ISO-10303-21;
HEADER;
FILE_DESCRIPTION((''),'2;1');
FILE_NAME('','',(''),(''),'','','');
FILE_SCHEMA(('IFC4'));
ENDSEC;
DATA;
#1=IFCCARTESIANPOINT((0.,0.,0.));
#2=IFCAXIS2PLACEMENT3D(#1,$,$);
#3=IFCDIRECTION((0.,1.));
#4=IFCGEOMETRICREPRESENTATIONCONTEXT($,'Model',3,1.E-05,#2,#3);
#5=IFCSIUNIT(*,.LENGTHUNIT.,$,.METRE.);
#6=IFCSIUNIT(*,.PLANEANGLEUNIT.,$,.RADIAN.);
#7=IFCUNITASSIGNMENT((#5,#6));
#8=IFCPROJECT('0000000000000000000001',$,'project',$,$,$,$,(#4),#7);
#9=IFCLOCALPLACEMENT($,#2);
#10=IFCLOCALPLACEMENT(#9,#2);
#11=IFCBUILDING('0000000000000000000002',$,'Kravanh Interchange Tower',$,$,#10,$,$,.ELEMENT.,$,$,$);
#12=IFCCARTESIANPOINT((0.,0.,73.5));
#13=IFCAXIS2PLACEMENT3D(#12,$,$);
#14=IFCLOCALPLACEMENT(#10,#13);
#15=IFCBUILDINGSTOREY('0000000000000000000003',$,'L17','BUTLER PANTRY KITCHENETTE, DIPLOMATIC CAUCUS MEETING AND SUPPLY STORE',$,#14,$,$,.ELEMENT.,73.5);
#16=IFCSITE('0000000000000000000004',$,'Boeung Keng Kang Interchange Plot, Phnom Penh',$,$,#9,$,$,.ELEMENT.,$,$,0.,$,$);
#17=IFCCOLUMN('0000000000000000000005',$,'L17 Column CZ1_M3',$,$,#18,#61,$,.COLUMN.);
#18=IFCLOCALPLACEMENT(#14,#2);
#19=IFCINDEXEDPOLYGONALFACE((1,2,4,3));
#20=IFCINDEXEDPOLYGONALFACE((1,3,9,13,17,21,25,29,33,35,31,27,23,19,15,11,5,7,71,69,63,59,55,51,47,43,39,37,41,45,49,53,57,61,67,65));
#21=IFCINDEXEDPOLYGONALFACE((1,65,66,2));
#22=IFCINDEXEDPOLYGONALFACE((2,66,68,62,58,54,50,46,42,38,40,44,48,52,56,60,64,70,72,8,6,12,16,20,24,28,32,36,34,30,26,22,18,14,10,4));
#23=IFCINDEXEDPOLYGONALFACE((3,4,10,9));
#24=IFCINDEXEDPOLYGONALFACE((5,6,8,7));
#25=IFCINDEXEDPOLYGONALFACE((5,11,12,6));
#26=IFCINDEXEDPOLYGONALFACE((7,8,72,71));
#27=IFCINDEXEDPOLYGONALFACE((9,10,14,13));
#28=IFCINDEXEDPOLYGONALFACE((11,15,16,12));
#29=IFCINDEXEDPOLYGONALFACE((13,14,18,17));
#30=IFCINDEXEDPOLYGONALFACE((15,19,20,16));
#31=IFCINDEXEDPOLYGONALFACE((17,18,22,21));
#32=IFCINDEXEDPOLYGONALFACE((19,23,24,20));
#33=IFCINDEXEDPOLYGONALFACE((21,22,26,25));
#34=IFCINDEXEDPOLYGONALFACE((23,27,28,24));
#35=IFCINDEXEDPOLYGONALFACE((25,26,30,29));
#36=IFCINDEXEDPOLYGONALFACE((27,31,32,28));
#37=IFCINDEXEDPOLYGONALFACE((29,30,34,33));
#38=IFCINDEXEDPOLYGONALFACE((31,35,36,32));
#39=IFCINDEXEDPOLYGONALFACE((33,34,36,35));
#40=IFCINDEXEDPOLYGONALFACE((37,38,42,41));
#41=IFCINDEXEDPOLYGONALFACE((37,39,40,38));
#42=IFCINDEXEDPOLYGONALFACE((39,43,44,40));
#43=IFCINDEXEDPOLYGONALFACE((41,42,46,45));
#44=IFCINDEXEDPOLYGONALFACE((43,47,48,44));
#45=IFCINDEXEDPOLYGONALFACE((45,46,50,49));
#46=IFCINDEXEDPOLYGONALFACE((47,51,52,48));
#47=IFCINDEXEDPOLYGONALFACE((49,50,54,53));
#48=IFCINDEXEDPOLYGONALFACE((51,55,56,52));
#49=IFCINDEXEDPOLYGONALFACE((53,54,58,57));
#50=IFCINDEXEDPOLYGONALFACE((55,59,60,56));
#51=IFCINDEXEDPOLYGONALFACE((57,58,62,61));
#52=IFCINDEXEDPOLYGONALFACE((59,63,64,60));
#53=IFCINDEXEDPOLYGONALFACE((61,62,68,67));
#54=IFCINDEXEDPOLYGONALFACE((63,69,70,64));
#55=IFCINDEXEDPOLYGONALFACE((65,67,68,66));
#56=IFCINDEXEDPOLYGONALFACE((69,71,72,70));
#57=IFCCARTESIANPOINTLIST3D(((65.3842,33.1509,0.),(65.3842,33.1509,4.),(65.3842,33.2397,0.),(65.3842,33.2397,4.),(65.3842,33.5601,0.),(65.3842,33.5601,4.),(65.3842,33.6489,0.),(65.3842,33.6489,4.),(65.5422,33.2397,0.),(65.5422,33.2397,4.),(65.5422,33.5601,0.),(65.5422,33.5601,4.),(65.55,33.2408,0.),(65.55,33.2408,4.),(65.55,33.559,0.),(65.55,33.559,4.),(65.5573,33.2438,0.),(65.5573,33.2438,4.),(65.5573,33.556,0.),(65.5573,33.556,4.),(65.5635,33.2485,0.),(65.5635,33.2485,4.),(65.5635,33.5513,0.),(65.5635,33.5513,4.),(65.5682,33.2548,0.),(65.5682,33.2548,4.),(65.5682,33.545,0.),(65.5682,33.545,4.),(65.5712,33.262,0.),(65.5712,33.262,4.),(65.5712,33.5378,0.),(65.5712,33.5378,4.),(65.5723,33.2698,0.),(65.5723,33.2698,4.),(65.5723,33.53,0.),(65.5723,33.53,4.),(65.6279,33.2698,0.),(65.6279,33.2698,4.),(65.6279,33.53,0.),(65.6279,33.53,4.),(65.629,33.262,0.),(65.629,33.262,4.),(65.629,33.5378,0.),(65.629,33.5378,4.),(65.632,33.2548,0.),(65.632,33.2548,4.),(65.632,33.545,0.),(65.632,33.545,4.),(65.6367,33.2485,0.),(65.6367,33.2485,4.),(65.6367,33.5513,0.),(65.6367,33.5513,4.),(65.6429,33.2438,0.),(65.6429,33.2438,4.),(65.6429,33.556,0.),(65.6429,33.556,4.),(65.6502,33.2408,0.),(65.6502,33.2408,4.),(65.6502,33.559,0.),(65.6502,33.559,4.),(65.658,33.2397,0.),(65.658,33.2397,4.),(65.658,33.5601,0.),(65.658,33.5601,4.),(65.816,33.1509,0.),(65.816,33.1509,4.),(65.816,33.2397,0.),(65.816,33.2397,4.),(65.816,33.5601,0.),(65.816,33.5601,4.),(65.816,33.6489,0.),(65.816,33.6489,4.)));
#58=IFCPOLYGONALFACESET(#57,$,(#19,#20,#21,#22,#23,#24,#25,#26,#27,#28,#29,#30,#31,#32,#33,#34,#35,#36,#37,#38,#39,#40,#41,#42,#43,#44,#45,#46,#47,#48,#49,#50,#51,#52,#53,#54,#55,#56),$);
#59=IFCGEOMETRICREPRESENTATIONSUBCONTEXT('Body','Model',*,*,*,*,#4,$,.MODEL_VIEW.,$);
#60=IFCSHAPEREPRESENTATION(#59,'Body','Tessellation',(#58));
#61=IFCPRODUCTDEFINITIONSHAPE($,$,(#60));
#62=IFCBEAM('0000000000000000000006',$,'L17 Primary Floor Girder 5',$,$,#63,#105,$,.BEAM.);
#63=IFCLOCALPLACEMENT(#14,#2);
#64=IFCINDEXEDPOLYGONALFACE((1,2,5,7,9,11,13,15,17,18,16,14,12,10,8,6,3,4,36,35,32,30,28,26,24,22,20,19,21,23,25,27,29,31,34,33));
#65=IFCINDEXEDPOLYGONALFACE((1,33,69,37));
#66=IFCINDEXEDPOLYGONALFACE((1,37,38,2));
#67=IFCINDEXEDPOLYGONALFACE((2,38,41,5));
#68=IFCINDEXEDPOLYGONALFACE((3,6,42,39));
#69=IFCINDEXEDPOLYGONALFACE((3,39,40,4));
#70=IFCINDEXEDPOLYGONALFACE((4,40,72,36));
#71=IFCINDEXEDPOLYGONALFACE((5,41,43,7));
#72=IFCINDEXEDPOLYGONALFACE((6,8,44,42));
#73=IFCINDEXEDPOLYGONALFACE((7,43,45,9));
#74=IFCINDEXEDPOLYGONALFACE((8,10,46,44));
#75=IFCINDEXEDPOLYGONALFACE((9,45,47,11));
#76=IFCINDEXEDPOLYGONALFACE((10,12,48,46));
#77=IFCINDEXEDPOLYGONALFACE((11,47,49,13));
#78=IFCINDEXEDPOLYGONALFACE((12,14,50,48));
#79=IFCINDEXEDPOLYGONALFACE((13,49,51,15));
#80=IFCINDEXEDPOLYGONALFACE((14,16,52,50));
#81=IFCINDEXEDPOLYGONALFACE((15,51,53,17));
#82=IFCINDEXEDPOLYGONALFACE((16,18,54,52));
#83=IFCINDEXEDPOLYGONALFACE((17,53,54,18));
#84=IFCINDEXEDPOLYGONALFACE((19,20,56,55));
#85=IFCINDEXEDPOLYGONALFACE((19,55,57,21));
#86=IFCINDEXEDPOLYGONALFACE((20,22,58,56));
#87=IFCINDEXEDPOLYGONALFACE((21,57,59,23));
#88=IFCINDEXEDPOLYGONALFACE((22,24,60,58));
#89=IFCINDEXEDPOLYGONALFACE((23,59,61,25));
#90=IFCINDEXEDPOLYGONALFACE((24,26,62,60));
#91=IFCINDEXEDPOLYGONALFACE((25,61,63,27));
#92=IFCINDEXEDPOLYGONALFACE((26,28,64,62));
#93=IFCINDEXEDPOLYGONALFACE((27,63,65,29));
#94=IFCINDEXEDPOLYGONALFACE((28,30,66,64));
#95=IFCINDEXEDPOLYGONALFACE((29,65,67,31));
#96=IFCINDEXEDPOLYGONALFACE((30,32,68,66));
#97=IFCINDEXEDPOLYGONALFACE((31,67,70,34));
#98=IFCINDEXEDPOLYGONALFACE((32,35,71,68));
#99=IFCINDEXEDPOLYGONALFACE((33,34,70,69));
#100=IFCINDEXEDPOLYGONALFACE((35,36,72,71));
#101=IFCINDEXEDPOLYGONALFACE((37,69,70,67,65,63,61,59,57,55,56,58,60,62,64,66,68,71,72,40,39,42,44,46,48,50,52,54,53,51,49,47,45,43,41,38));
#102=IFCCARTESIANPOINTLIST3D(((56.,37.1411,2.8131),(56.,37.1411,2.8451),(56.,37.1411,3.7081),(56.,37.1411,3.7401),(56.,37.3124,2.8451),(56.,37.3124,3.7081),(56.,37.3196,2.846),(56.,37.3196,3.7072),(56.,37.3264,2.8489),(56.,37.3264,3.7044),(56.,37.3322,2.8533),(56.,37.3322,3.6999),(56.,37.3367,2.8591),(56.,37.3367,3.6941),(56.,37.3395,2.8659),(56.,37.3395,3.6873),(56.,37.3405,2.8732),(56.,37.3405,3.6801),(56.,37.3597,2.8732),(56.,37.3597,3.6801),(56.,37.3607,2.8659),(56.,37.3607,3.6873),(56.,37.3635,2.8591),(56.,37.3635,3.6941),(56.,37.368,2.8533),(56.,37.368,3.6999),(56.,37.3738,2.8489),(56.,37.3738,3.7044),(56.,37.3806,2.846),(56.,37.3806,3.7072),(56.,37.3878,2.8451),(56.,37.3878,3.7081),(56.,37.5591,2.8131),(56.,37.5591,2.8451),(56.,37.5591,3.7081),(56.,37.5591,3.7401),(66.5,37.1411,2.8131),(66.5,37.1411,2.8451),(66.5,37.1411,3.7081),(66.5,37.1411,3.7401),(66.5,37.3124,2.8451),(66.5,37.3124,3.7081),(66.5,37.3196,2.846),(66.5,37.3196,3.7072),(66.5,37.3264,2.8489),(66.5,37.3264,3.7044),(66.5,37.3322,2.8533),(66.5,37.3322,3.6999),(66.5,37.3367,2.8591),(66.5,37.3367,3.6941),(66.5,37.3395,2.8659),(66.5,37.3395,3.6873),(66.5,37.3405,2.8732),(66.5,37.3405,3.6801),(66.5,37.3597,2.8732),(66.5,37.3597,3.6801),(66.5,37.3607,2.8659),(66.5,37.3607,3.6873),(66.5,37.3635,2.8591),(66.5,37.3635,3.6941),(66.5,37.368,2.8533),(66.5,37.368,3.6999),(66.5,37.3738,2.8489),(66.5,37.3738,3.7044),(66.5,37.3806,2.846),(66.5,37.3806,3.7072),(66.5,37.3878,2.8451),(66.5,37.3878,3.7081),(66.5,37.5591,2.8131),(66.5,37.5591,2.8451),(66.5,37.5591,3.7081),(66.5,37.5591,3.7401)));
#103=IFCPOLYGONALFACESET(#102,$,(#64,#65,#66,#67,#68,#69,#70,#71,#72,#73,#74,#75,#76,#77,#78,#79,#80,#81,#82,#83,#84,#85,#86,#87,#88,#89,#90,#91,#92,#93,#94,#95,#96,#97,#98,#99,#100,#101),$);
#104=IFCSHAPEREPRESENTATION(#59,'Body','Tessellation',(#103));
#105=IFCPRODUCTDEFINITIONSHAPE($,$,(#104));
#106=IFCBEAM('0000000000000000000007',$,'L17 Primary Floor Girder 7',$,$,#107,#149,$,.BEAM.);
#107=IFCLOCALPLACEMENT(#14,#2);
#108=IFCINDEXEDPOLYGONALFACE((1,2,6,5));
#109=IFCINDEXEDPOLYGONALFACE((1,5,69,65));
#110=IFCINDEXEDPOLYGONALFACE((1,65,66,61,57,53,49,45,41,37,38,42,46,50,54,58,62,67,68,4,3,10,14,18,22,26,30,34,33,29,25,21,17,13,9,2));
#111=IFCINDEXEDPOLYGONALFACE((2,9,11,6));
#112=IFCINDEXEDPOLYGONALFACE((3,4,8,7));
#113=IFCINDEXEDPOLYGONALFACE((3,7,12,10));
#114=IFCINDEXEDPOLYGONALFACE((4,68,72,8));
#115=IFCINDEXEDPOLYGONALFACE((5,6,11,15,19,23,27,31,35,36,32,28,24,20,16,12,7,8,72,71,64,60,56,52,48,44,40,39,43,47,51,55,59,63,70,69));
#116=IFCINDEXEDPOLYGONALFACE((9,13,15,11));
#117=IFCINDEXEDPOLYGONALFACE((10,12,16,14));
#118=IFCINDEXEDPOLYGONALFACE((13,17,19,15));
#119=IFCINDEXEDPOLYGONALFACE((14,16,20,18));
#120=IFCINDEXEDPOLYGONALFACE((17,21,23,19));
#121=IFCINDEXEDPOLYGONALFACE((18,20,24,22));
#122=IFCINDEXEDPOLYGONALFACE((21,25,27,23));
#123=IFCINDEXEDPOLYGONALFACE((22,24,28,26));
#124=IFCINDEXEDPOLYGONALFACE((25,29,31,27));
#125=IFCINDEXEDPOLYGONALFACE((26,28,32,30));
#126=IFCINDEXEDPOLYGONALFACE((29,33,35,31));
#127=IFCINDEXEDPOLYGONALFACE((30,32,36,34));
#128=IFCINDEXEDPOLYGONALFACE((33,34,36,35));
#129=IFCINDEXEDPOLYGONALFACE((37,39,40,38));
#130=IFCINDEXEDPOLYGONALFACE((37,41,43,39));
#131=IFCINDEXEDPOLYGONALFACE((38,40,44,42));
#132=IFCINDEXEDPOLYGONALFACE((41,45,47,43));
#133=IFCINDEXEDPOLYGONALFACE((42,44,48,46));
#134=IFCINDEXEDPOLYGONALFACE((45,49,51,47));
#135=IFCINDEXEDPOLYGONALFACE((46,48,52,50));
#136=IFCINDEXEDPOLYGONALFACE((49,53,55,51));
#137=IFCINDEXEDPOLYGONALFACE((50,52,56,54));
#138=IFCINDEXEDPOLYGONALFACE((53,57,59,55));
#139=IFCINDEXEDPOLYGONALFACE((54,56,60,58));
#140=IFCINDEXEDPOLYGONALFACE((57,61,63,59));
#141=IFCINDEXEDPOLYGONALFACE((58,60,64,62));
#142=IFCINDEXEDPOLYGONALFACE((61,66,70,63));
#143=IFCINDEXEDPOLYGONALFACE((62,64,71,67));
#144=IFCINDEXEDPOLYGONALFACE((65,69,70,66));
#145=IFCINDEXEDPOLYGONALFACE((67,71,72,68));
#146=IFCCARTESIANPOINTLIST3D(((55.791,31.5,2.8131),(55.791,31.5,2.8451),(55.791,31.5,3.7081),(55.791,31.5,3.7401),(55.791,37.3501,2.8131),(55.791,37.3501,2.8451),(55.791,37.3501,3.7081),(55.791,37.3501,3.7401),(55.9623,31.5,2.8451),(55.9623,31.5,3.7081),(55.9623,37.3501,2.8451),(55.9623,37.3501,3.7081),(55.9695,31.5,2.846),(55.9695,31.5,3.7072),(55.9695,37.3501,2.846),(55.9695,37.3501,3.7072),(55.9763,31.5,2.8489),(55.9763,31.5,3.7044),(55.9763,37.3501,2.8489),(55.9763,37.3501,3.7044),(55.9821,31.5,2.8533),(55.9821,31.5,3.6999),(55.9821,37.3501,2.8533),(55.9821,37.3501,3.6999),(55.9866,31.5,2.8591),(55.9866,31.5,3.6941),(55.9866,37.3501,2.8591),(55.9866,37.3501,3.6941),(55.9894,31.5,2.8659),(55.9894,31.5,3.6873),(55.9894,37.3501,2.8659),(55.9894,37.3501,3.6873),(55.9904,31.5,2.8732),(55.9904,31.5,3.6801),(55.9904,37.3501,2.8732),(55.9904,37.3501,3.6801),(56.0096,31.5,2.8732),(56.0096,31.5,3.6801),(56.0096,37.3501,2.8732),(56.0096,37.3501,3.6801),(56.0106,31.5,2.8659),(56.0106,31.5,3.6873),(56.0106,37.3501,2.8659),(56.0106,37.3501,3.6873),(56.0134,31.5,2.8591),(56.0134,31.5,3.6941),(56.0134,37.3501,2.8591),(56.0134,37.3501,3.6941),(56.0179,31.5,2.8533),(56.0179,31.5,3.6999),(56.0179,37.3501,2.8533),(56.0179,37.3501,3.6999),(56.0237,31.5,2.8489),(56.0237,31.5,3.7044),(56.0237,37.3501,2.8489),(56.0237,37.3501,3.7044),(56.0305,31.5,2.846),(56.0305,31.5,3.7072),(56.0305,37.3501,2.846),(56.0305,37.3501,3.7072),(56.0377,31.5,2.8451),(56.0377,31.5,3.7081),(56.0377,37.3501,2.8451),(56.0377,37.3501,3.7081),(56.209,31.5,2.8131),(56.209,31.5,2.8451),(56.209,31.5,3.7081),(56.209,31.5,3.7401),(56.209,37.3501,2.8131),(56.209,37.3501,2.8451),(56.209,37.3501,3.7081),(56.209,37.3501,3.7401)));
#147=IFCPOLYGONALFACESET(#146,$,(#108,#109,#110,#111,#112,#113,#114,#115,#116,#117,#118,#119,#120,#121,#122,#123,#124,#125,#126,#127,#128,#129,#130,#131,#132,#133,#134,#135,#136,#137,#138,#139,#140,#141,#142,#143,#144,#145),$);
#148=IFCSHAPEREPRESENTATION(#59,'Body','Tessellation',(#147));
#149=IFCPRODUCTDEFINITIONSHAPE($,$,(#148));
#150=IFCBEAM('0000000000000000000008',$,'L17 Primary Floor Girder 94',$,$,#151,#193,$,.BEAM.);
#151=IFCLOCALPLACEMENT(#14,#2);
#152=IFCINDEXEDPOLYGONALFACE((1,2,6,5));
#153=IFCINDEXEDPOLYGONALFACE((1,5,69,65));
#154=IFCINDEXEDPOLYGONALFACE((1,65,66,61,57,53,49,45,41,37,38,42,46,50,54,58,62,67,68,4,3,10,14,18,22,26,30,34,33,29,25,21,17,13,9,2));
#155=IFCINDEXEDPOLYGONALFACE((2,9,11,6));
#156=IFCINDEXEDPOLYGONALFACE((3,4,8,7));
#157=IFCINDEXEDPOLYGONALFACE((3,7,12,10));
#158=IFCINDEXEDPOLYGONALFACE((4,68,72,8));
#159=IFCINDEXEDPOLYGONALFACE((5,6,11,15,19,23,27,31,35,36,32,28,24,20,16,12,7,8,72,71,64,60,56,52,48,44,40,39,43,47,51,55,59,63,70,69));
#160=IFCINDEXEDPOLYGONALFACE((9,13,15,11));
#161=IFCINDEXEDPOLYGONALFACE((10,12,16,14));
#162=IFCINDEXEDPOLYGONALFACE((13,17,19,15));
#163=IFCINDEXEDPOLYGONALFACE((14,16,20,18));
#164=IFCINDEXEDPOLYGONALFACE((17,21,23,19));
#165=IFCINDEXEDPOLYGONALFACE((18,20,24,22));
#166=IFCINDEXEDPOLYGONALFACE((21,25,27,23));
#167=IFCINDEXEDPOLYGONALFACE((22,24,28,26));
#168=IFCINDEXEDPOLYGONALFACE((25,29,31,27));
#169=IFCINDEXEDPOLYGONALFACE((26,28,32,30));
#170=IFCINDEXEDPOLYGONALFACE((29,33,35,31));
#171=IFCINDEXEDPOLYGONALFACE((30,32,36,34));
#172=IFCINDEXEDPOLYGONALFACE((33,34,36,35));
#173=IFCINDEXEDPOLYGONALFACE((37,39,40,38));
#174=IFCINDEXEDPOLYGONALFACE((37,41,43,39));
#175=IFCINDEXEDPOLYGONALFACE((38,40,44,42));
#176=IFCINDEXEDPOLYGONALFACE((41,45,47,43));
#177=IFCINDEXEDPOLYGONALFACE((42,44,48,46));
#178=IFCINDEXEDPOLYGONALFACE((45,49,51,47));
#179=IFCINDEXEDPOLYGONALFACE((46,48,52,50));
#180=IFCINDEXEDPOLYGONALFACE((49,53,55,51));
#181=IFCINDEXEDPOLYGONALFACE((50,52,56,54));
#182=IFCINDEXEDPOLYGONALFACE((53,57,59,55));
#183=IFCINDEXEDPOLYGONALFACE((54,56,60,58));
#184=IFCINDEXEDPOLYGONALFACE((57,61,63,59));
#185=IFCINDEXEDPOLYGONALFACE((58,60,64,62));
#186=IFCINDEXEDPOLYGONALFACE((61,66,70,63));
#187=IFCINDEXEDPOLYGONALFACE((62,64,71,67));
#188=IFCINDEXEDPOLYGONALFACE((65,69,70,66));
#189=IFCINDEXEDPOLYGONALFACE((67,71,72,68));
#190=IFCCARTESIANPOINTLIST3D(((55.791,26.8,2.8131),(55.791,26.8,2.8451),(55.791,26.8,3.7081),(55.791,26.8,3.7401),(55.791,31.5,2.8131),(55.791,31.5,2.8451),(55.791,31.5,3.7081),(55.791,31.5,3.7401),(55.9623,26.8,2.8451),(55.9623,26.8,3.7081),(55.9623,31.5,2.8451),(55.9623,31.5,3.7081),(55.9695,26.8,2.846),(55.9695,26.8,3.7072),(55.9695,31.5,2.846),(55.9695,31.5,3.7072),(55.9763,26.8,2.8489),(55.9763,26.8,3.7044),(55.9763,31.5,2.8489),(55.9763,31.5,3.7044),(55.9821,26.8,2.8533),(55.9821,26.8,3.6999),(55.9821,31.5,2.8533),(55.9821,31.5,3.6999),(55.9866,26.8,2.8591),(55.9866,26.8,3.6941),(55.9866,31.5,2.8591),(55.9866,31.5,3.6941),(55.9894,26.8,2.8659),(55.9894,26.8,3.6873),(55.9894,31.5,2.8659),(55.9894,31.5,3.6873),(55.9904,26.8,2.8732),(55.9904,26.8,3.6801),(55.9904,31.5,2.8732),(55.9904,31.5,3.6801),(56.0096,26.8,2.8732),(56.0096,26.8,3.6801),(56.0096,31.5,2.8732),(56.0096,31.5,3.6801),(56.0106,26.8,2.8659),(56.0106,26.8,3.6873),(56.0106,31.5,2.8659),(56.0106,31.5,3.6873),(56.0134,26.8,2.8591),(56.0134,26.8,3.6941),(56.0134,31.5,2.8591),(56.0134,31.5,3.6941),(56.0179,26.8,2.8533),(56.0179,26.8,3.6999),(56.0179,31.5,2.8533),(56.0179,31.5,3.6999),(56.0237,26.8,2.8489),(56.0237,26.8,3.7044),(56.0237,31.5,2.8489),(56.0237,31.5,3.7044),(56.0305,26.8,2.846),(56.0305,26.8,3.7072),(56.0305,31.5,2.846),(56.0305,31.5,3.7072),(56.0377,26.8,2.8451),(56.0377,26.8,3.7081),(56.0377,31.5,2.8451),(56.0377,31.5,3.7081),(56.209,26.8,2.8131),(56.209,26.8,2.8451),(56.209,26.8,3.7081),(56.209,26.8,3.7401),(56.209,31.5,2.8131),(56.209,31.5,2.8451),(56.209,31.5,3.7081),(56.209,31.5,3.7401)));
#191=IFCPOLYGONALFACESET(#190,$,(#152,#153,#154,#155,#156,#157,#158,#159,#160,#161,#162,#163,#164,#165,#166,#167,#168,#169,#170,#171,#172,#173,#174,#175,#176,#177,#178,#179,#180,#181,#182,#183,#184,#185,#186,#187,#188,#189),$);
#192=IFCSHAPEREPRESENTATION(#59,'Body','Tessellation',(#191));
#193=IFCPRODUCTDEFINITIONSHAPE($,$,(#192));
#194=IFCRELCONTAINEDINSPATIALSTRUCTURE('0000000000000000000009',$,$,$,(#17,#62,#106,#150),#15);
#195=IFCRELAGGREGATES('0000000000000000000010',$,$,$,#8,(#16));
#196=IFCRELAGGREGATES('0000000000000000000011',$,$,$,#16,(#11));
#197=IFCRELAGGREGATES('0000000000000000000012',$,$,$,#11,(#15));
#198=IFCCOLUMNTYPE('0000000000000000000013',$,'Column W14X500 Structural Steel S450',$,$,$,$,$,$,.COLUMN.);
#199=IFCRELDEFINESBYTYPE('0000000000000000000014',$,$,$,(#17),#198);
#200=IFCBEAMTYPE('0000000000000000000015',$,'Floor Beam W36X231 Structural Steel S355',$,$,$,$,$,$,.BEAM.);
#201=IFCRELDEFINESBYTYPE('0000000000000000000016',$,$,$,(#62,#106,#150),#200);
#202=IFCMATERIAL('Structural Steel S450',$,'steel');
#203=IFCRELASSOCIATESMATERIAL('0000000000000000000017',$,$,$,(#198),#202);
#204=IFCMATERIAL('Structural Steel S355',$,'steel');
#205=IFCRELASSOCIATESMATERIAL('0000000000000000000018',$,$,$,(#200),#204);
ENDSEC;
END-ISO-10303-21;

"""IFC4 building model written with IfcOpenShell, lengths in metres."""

from ifc_helpers import new_model, si_unit, direction, frame, origin, origin_2d, place, context, subcontext, project, spatial, i_section, extrude, material, material_profile, profile_set, type_object, element, save


model = new_model("IFC4")

# Units and contexts
model_context = context("Model", 3, precision=1e-05, world=origin(), true_north=direction((0.0, 1.0)))
body_context = subcontext(model_context, "Body", "Model", "MODEL_VIEW")
ifc_project = project(units=[si_unit("LENGTHUNIT", "METRE"), si_unit("PLANEANGLEUNIT", "RADIAN")], contexts=[model_context])

# Site, building, storey
site_placement = place(None, origin())
site = spatial("IfcSite", under=ifc_project, at=site_placement, Name="Boeung Keng Kang Interchange Plot, Phnom Penh", CompositionType="ELEMENT", RefElevation=0.0)
building_placement = place(site_placement, origin())
building = spatial("IfcBuilding", under=site, at=building_placement, Name="Kravanh Interchange Tower", CompositionType="ELEMENT")
storey_placement = place(building_placement, frame((0.0, 0.0, 73.5)))
storey = spatial("IfcBuildingStorey", under=building, at=storey_placement, Name="L17", Description="BUTLER PANTRY KITCHENETTE, DIPLOMATIC CAUCUS MEETING AND SUPPLY STORE", CompositionType="ELEMENT", Elevation=73.5)

# Column
ifc_material_1 = material(Name="Structural Steel S450", Category="steel")
ifc_material_profile_1 = material_profile(ifc_material_1, i_section(OverallWidth=0.4319, OverallDepth=0.498, WebThickness=0.0557, FlangeThickness=0.0889, FilletRadius=0.03, at=origin_2d()), Name="W14X500")
ifc_profile_set_1 = profile_set([ifc_material_profile_1], Name="Structural Steel S450")
column_type_1 = type_object("IfcColumnType", Name="Column W14X500 Structural Steel S450", PredefinedType="COLUMN", material=ifc_profile_set_1)
for number, where, z_axis, x_axis, name in (
    (1, (65.6001, 33.3999, 0.0), (0.0, 0.0, 1.0), (1.0, 0.0, 0.0), "L17 Column CZ1_M3"),
):
    element("IfcColumn", number, at=place(storey_placement, frame(where, z_axis=z_axis, x_axis=x_axis)), inside=storey, type_object=column_type_1, Name=name, PredefinedType="COLUMN", context=body_context, shape_type="SweptSolid", body=[
        extrude(i_section(OverallWidth=0.4319, OverallDepth=0.498, WebThickness=0.0557, FlangeThickness=0.0889, FilletRadius=0.03, at=origin_2d()), origin(), (0.0, 0.0, 1.0), 4.0),
    ])

# Beams
ifc_material_2 = material(Name="Structural Steel S355", Category="steel")
ifc_material_profile_2 = material_profile(ifc_material_2, i_section(OverallWidth=0.418, OverallDepth=0.927, WebThickness=0.0193, FlangeThickness=0.032, FilletRadius=0.0281, at=origin_2d()), Name="W36X231")
ifc_profile_set_2 = profile_set([ifc_material_profile_2], Name="Structural Steel S355")
beam_type_1 = type_object("IfcBeamType", Name="Floor Beam W36X231 Structural Steel S355", PredefinedType="BEAM", material=ifc_profile_set_2)
beam_1_placement = place(storey_placement, frame((66.5, 37.3501, 3.2766), z_axis=(-1.0, 0.0, 0.0), x_axis=(0.0, -1.0, 0.0)))
element("IfcBeam", 2, at=beam_1_placement, inside=storey, type_object=beam_type_1, Name="L17 Primary Floor Girder 5", PredefinedType="BEAM", context=body_context, shape_type="SweptSolid", body=[
    extrude(i_section(OverallWidth=0.418, OverallDepth=0.927, WebThickness=0.0193, FlangeThickness=0.032, FilletRadius=0.0281, at=origin_2d()), origin(), (0.0, 0.0, 1.0), 10.5),
])
beam_2_placement = place(storey_placement, frame((56.0, 37.3501, 3.2766), z_axis=(0.0, -1.0, 0.0), x_axis=(1.0, 0.0, 0.0)))
element("IfcBeam", 3, at=beam_2_placement, inside=storey, type_object=beam_type_1, Name="L17 Primary Floor Girder 7", PredefinedType="BEAM", context=body_context, shape_type="SweptSolid", body=[
    extrude(i_section(OverallWidth=0.418, OverallDepth=0.927, WebThickness=0.0193, FlangeThickness=0.032, FilletRadius=0.0281, at=origin_2d()), origin(), (0.0, 0.0, 1.0), 5.8501),
])
beam_3_placement = place(storey_placement, frame((56.0, 26.8, 3.2766), z_axis=(0.0, 1.0, 0.0), x_axis=(-1.0, 0.0, 0.0)))
element("IfcBeam", 4, at=beam_3_placement, inside=storey, type_object=beam_type_1, Name="L17 Primary Floor Girder 94", PredefinedType="BEAM", context=body_context, shape_type="SweptSolid", body=[
    extrude(i_section(OverallWidth=0.418, OverallDepth=0.927, WebThickness=0.0193, FlangeThickness=0.032, FilletRadius=0.0281, at=origin_2d()), origin(), (0.0, 0.0, 1.0), 4.7),
])

save(model, "model.ifc")
